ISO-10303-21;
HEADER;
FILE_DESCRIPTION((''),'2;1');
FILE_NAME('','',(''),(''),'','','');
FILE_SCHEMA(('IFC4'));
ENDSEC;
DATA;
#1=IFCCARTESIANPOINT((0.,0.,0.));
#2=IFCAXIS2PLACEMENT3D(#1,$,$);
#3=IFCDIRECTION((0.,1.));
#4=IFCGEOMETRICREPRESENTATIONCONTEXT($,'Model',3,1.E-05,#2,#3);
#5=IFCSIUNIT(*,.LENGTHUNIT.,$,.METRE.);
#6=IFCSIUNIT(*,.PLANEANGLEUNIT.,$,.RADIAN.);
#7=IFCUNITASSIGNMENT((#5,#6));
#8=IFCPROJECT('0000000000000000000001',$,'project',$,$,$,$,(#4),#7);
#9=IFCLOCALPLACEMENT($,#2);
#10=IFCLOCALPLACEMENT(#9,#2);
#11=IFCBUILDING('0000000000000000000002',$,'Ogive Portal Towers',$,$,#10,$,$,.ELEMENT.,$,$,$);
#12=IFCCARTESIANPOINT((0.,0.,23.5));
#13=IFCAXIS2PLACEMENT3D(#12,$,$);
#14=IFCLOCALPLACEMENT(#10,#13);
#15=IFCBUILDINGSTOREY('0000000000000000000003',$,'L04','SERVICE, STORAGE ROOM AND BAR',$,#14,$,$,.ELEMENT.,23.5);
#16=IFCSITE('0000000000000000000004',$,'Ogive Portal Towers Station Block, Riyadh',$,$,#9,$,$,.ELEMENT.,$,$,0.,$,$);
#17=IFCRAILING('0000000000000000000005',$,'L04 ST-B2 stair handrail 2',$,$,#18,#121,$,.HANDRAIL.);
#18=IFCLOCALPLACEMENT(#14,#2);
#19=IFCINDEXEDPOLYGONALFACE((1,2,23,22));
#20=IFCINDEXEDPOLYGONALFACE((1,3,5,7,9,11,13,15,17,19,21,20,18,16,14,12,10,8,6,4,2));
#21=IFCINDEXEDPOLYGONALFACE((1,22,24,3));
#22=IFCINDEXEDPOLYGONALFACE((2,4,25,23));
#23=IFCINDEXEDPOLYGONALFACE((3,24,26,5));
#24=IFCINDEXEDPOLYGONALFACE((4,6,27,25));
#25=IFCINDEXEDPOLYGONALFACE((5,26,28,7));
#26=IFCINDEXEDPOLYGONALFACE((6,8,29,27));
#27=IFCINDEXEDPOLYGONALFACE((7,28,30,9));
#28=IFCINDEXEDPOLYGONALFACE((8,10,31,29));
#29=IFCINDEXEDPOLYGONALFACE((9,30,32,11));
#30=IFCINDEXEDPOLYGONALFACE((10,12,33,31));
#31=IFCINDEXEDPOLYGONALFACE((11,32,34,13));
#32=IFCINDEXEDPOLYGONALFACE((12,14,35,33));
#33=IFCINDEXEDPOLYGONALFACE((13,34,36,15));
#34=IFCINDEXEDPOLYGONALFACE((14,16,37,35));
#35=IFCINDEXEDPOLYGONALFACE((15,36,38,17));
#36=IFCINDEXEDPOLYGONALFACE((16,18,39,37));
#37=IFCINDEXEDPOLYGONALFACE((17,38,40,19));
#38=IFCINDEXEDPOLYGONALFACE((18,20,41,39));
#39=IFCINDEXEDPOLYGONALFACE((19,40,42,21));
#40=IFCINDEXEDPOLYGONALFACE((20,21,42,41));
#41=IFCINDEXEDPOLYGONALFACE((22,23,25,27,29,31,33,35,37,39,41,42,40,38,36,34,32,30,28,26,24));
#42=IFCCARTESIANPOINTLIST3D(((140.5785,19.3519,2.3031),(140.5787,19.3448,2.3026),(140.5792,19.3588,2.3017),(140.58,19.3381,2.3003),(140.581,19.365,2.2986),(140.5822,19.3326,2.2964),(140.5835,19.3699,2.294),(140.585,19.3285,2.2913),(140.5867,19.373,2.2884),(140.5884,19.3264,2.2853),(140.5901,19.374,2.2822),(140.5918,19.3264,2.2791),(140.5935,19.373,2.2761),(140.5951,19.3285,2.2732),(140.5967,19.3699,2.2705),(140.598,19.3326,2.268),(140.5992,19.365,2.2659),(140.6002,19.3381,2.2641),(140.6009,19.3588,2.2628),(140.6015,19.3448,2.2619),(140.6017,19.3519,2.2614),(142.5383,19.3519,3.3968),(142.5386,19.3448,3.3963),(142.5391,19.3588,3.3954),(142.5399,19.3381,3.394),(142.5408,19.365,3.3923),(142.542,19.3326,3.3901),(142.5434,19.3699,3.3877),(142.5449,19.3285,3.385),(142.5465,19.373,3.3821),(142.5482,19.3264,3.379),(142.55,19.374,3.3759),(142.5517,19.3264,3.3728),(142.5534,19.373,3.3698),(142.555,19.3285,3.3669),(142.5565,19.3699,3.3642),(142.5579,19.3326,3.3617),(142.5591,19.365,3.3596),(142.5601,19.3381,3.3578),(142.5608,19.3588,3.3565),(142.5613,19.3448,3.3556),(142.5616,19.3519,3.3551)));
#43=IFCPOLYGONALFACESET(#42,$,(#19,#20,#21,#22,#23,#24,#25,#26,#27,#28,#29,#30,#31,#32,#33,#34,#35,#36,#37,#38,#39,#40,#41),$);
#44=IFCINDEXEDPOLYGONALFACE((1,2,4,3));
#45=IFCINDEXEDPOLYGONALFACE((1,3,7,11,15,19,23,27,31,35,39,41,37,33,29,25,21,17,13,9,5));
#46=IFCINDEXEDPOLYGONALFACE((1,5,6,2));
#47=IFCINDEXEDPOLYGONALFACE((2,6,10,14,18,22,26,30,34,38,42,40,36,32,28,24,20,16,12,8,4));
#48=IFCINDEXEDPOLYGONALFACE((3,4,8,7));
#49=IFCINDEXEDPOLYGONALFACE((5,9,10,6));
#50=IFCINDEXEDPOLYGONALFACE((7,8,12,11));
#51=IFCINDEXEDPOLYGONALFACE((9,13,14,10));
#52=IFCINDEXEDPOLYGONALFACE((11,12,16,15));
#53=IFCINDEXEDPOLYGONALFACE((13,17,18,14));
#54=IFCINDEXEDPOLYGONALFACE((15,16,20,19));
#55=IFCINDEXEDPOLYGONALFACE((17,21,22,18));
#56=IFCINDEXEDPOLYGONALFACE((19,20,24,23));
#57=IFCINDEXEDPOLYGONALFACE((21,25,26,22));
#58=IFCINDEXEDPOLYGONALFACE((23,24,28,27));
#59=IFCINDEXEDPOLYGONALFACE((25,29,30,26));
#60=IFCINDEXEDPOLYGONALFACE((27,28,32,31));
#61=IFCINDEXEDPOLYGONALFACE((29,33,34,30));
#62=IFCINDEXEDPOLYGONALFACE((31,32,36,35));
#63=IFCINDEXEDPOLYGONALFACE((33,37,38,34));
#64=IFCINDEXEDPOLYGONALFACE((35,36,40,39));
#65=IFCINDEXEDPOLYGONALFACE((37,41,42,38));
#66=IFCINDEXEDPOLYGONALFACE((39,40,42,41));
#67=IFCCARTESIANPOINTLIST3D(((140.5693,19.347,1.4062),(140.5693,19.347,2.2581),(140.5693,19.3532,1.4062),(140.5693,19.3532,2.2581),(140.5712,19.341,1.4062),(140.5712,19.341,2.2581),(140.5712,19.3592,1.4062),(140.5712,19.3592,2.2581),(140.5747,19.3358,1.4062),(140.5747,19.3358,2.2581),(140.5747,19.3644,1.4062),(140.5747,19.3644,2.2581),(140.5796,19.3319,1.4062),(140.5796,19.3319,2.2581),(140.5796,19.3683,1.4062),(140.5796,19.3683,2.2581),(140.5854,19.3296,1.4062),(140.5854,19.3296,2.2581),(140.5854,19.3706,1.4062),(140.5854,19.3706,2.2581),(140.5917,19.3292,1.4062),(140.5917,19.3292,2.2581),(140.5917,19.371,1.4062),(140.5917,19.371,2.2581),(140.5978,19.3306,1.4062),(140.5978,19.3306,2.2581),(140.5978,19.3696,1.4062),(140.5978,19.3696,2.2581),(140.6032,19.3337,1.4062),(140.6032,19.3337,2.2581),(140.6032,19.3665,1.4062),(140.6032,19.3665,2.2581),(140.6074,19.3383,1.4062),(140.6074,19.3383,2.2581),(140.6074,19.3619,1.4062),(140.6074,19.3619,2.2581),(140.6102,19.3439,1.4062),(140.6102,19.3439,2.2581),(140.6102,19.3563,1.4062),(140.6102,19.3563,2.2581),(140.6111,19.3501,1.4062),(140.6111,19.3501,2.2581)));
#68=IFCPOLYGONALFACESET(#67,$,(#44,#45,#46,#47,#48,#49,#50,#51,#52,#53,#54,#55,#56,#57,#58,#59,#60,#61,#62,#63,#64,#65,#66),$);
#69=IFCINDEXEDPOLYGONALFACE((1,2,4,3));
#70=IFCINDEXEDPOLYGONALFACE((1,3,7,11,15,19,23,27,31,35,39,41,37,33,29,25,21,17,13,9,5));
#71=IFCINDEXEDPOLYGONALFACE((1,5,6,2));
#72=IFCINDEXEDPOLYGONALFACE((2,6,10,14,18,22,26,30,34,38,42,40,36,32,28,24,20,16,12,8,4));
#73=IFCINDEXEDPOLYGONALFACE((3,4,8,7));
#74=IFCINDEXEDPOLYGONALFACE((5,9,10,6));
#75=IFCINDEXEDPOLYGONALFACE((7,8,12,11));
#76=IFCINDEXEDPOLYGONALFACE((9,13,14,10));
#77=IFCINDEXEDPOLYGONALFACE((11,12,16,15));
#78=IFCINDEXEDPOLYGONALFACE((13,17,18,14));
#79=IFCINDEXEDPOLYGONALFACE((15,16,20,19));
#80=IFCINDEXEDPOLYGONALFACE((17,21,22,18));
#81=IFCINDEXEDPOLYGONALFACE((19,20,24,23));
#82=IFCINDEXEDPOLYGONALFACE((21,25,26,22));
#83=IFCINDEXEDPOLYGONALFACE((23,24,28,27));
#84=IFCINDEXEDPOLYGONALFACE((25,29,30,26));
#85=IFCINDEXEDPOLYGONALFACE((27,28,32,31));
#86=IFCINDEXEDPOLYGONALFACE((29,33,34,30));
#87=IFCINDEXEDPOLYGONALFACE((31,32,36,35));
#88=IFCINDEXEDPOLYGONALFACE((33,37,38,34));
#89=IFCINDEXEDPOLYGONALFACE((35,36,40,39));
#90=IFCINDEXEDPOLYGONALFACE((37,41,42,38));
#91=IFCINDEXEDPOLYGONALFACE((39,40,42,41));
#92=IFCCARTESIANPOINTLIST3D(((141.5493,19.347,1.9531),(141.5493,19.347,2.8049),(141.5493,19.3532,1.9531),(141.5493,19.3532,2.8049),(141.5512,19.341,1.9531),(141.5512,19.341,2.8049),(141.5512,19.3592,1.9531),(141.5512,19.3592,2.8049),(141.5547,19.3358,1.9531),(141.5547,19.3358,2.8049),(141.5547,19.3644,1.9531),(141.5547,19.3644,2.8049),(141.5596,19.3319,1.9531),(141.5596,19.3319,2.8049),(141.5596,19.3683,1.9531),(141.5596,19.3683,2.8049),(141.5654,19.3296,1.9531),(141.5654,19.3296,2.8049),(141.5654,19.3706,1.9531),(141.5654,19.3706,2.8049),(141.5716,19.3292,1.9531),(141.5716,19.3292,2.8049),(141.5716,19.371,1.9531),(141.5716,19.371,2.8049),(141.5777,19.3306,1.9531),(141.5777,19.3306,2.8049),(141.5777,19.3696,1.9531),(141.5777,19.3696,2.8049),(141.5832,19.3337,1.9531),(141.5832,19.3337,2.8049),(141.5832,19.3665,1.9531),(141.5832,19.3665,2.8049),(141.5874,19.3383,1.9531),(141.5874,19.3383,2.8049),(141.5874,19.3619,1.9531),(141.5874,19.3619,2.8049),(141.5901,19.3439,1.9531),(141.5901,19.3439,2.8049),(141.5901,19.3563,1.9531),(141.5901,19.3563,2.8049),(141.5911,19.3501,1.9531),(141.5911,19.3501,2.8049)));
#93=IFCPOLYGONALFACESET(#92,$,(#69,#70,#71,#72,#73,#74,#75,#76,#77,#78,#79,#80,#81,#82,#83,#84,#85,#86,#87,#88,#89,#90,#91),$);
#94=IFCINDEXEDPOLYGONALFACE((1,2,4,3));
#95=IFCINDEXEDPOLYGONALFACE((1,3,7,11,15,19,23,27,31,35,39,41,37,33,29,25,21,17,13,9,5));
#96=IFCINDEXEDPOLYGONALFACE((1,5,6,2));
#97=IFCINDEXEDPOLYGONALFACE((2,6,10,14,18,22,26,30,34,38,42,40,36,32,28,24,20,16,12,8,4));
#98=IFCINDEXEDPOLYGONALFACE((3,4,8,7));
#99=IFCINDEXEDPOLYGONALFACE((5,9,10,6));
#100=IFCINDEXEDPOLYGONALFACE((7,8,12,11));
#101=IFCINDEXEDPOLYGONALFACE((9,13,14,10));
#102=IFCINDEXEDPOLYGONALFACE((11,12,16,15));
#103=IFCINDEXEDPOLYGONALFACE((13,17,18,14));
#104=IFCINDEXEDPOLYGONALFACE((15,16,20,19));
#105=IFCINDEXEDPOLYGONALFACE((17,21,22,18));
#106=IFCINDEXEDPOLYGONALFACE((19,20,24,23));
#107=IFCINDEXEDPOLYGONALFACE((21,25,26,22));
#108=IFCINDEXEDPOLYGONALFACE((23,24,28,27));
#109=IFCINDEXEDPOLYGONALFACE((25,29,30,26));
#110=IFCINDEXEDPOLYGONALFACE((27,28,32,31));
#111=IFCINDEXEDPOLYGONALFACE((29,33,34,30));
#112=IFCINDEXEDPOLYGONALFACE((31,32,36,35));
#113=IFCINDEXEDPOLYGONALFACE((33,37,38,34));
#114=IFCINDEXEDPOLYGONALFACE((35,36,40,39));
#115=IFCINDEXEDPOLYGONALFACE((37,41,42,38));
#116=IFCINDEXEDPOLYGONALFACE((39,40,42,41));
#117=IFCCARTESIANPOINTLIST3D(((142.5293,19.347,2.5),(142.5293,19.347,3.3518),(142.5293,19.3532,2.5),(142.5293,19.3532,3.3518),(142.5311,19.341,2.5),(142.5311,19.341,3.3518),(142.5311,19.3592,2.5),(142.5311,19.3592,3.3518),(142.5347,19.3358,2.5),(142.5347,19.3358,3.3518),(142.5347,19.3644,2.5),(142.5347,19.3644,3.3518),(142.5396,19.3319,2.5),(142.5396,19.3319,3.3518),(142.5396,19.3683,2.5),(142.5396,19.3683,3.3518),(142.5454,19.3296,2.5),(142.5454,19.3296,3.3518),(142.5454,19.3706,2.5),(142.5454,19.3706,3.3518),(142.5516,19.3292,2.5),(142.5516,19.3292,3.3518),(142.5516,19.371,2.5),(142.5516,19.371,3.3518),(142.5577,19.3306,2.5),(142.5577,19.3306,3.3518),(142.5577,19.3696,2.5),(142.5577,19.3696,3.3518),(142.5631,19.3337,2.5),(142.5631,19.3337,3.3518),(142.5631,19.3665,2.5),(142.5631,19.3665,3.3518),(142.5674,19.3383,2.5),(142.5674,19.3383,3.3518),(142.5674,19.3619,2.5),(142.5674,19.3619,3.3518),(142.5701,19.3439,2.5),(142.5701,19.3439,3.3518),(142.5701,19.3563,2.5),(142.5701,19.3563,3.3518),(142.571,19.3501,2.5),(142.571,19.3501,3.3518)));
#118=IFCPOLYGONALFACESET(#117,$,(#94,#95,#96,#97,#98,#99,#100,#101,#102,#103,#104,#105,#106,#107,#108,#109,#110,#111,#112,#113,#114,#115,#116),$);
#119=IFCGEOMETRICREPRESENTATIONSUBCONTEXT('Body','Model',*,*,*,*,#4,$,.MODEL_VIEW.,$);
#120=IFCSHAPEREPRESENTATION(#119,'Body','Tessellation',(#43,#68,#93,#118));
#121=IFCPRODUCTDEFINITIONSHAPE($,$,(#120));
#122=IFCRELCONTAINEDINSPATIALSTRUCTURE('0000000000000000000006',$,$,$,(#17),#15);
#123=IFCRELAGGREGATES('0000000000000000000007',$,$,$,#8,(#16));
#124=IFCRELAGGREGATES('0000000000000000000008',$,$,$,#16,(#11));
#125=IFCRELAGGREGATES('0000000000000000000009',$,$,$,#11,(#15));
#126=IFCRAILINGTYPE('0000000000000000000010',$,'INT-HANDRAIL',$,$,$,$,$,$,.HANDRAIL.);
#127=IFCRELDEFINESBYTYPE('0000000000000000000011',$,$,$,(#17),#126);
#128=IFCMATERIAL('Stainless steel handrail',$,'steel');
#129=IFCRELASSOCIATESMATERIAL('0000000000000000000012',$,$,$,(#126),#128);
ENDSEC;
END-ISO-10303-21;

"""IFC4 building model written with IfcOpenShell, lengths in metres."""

from ifc_helpers import new_model, si_unit, direction, frame, origin, origin_2d, place, context, subcontext, project, spatial, circle, extrude, material, type_object, element, save


model = new_model("IFC4")

# Units and contexts
model_context = context("Model", 3, precision=1e-05, world=origin(), true_north=direction((0.0, 1.0)))
body_context = subcontext(model_context, "Body", "Model", "MODEL_VIEW")
ifc_project = project(units=[si_unit("LENGTHUNIT", "METRE"), si_unit("PLANEANGLEUNIT", "RADIAN")], contexts=[model_context])

# Site, building, storey
site_placement = place(None, origin())
site = spatial("IfcSite", under=ifc_project, at=site_placement, Name="Ogive Portal Towers Station Block, Riyadh", CompositionType="ELEMENT", RefElevation=0.0)
building_placement = place(site_placement, origin())
building = spatial("IfcBuilding", under=site, at=building_placement, Name="Ogive Portal Towers", CompositionType="ELEMENT")
storey_placement = place(building_placement, frame((0.0, 0.0, 23.5)))
storey = spatial("IfcBuildingStorey", under=building, at=storey_placement, Name="L04", Description="SERVICE, STORAGE ROOM AND BAR", CompositionType="ELEMENT", Elevation=23.5)

# Railing
ifc_material_1 = material(Name="Stainless steel handrail", Category="steel")
railing_type_1 = type_object("IfcRailingType", Name="INT-HANDRAIL", PredefinedType="HANDRAIL", material=ifc_material_1)
railing_1_placement = place(storey_placement, frame((140.5901, 19.3501, 1.4062)))
element("IfcRailing", 1, at=railing_1_placement, inside=storey, type_object=railing_type_1, Name="L04 ST-B2 stair handrail 2", PredefinedType="HANDRAIL", context=body_context, shape_type="SweptSolid", body=[
    extrude(circle(Radius=0.0239, at=origin_2d()), frame((0.0, 0.0, 0.876), z_axis=(0.873232, 0.0, 0.487304), x_axis=(0.0, 1.0, 0.0)), (0.0, 0.0, 1.0), 2.2444),
    extrude(circle(Radius=0.021, at=origin_2d()), origin(), (0.0, 0.0, 1.0), 0.8518),
    extrude(circle(Radius=0.021, at=origin_2d()), frame((0.98, 0.0, 0.5469)), (0.0, 0.0, 1.0), 0.8518),
    extrude(circle(Radius=0.021, at=origin_2d()), frame((1.96, 0.0, 1.0938)), (0.0, 0.0, 1.0), 0.8518),
])

save(model, "model.ifc")
